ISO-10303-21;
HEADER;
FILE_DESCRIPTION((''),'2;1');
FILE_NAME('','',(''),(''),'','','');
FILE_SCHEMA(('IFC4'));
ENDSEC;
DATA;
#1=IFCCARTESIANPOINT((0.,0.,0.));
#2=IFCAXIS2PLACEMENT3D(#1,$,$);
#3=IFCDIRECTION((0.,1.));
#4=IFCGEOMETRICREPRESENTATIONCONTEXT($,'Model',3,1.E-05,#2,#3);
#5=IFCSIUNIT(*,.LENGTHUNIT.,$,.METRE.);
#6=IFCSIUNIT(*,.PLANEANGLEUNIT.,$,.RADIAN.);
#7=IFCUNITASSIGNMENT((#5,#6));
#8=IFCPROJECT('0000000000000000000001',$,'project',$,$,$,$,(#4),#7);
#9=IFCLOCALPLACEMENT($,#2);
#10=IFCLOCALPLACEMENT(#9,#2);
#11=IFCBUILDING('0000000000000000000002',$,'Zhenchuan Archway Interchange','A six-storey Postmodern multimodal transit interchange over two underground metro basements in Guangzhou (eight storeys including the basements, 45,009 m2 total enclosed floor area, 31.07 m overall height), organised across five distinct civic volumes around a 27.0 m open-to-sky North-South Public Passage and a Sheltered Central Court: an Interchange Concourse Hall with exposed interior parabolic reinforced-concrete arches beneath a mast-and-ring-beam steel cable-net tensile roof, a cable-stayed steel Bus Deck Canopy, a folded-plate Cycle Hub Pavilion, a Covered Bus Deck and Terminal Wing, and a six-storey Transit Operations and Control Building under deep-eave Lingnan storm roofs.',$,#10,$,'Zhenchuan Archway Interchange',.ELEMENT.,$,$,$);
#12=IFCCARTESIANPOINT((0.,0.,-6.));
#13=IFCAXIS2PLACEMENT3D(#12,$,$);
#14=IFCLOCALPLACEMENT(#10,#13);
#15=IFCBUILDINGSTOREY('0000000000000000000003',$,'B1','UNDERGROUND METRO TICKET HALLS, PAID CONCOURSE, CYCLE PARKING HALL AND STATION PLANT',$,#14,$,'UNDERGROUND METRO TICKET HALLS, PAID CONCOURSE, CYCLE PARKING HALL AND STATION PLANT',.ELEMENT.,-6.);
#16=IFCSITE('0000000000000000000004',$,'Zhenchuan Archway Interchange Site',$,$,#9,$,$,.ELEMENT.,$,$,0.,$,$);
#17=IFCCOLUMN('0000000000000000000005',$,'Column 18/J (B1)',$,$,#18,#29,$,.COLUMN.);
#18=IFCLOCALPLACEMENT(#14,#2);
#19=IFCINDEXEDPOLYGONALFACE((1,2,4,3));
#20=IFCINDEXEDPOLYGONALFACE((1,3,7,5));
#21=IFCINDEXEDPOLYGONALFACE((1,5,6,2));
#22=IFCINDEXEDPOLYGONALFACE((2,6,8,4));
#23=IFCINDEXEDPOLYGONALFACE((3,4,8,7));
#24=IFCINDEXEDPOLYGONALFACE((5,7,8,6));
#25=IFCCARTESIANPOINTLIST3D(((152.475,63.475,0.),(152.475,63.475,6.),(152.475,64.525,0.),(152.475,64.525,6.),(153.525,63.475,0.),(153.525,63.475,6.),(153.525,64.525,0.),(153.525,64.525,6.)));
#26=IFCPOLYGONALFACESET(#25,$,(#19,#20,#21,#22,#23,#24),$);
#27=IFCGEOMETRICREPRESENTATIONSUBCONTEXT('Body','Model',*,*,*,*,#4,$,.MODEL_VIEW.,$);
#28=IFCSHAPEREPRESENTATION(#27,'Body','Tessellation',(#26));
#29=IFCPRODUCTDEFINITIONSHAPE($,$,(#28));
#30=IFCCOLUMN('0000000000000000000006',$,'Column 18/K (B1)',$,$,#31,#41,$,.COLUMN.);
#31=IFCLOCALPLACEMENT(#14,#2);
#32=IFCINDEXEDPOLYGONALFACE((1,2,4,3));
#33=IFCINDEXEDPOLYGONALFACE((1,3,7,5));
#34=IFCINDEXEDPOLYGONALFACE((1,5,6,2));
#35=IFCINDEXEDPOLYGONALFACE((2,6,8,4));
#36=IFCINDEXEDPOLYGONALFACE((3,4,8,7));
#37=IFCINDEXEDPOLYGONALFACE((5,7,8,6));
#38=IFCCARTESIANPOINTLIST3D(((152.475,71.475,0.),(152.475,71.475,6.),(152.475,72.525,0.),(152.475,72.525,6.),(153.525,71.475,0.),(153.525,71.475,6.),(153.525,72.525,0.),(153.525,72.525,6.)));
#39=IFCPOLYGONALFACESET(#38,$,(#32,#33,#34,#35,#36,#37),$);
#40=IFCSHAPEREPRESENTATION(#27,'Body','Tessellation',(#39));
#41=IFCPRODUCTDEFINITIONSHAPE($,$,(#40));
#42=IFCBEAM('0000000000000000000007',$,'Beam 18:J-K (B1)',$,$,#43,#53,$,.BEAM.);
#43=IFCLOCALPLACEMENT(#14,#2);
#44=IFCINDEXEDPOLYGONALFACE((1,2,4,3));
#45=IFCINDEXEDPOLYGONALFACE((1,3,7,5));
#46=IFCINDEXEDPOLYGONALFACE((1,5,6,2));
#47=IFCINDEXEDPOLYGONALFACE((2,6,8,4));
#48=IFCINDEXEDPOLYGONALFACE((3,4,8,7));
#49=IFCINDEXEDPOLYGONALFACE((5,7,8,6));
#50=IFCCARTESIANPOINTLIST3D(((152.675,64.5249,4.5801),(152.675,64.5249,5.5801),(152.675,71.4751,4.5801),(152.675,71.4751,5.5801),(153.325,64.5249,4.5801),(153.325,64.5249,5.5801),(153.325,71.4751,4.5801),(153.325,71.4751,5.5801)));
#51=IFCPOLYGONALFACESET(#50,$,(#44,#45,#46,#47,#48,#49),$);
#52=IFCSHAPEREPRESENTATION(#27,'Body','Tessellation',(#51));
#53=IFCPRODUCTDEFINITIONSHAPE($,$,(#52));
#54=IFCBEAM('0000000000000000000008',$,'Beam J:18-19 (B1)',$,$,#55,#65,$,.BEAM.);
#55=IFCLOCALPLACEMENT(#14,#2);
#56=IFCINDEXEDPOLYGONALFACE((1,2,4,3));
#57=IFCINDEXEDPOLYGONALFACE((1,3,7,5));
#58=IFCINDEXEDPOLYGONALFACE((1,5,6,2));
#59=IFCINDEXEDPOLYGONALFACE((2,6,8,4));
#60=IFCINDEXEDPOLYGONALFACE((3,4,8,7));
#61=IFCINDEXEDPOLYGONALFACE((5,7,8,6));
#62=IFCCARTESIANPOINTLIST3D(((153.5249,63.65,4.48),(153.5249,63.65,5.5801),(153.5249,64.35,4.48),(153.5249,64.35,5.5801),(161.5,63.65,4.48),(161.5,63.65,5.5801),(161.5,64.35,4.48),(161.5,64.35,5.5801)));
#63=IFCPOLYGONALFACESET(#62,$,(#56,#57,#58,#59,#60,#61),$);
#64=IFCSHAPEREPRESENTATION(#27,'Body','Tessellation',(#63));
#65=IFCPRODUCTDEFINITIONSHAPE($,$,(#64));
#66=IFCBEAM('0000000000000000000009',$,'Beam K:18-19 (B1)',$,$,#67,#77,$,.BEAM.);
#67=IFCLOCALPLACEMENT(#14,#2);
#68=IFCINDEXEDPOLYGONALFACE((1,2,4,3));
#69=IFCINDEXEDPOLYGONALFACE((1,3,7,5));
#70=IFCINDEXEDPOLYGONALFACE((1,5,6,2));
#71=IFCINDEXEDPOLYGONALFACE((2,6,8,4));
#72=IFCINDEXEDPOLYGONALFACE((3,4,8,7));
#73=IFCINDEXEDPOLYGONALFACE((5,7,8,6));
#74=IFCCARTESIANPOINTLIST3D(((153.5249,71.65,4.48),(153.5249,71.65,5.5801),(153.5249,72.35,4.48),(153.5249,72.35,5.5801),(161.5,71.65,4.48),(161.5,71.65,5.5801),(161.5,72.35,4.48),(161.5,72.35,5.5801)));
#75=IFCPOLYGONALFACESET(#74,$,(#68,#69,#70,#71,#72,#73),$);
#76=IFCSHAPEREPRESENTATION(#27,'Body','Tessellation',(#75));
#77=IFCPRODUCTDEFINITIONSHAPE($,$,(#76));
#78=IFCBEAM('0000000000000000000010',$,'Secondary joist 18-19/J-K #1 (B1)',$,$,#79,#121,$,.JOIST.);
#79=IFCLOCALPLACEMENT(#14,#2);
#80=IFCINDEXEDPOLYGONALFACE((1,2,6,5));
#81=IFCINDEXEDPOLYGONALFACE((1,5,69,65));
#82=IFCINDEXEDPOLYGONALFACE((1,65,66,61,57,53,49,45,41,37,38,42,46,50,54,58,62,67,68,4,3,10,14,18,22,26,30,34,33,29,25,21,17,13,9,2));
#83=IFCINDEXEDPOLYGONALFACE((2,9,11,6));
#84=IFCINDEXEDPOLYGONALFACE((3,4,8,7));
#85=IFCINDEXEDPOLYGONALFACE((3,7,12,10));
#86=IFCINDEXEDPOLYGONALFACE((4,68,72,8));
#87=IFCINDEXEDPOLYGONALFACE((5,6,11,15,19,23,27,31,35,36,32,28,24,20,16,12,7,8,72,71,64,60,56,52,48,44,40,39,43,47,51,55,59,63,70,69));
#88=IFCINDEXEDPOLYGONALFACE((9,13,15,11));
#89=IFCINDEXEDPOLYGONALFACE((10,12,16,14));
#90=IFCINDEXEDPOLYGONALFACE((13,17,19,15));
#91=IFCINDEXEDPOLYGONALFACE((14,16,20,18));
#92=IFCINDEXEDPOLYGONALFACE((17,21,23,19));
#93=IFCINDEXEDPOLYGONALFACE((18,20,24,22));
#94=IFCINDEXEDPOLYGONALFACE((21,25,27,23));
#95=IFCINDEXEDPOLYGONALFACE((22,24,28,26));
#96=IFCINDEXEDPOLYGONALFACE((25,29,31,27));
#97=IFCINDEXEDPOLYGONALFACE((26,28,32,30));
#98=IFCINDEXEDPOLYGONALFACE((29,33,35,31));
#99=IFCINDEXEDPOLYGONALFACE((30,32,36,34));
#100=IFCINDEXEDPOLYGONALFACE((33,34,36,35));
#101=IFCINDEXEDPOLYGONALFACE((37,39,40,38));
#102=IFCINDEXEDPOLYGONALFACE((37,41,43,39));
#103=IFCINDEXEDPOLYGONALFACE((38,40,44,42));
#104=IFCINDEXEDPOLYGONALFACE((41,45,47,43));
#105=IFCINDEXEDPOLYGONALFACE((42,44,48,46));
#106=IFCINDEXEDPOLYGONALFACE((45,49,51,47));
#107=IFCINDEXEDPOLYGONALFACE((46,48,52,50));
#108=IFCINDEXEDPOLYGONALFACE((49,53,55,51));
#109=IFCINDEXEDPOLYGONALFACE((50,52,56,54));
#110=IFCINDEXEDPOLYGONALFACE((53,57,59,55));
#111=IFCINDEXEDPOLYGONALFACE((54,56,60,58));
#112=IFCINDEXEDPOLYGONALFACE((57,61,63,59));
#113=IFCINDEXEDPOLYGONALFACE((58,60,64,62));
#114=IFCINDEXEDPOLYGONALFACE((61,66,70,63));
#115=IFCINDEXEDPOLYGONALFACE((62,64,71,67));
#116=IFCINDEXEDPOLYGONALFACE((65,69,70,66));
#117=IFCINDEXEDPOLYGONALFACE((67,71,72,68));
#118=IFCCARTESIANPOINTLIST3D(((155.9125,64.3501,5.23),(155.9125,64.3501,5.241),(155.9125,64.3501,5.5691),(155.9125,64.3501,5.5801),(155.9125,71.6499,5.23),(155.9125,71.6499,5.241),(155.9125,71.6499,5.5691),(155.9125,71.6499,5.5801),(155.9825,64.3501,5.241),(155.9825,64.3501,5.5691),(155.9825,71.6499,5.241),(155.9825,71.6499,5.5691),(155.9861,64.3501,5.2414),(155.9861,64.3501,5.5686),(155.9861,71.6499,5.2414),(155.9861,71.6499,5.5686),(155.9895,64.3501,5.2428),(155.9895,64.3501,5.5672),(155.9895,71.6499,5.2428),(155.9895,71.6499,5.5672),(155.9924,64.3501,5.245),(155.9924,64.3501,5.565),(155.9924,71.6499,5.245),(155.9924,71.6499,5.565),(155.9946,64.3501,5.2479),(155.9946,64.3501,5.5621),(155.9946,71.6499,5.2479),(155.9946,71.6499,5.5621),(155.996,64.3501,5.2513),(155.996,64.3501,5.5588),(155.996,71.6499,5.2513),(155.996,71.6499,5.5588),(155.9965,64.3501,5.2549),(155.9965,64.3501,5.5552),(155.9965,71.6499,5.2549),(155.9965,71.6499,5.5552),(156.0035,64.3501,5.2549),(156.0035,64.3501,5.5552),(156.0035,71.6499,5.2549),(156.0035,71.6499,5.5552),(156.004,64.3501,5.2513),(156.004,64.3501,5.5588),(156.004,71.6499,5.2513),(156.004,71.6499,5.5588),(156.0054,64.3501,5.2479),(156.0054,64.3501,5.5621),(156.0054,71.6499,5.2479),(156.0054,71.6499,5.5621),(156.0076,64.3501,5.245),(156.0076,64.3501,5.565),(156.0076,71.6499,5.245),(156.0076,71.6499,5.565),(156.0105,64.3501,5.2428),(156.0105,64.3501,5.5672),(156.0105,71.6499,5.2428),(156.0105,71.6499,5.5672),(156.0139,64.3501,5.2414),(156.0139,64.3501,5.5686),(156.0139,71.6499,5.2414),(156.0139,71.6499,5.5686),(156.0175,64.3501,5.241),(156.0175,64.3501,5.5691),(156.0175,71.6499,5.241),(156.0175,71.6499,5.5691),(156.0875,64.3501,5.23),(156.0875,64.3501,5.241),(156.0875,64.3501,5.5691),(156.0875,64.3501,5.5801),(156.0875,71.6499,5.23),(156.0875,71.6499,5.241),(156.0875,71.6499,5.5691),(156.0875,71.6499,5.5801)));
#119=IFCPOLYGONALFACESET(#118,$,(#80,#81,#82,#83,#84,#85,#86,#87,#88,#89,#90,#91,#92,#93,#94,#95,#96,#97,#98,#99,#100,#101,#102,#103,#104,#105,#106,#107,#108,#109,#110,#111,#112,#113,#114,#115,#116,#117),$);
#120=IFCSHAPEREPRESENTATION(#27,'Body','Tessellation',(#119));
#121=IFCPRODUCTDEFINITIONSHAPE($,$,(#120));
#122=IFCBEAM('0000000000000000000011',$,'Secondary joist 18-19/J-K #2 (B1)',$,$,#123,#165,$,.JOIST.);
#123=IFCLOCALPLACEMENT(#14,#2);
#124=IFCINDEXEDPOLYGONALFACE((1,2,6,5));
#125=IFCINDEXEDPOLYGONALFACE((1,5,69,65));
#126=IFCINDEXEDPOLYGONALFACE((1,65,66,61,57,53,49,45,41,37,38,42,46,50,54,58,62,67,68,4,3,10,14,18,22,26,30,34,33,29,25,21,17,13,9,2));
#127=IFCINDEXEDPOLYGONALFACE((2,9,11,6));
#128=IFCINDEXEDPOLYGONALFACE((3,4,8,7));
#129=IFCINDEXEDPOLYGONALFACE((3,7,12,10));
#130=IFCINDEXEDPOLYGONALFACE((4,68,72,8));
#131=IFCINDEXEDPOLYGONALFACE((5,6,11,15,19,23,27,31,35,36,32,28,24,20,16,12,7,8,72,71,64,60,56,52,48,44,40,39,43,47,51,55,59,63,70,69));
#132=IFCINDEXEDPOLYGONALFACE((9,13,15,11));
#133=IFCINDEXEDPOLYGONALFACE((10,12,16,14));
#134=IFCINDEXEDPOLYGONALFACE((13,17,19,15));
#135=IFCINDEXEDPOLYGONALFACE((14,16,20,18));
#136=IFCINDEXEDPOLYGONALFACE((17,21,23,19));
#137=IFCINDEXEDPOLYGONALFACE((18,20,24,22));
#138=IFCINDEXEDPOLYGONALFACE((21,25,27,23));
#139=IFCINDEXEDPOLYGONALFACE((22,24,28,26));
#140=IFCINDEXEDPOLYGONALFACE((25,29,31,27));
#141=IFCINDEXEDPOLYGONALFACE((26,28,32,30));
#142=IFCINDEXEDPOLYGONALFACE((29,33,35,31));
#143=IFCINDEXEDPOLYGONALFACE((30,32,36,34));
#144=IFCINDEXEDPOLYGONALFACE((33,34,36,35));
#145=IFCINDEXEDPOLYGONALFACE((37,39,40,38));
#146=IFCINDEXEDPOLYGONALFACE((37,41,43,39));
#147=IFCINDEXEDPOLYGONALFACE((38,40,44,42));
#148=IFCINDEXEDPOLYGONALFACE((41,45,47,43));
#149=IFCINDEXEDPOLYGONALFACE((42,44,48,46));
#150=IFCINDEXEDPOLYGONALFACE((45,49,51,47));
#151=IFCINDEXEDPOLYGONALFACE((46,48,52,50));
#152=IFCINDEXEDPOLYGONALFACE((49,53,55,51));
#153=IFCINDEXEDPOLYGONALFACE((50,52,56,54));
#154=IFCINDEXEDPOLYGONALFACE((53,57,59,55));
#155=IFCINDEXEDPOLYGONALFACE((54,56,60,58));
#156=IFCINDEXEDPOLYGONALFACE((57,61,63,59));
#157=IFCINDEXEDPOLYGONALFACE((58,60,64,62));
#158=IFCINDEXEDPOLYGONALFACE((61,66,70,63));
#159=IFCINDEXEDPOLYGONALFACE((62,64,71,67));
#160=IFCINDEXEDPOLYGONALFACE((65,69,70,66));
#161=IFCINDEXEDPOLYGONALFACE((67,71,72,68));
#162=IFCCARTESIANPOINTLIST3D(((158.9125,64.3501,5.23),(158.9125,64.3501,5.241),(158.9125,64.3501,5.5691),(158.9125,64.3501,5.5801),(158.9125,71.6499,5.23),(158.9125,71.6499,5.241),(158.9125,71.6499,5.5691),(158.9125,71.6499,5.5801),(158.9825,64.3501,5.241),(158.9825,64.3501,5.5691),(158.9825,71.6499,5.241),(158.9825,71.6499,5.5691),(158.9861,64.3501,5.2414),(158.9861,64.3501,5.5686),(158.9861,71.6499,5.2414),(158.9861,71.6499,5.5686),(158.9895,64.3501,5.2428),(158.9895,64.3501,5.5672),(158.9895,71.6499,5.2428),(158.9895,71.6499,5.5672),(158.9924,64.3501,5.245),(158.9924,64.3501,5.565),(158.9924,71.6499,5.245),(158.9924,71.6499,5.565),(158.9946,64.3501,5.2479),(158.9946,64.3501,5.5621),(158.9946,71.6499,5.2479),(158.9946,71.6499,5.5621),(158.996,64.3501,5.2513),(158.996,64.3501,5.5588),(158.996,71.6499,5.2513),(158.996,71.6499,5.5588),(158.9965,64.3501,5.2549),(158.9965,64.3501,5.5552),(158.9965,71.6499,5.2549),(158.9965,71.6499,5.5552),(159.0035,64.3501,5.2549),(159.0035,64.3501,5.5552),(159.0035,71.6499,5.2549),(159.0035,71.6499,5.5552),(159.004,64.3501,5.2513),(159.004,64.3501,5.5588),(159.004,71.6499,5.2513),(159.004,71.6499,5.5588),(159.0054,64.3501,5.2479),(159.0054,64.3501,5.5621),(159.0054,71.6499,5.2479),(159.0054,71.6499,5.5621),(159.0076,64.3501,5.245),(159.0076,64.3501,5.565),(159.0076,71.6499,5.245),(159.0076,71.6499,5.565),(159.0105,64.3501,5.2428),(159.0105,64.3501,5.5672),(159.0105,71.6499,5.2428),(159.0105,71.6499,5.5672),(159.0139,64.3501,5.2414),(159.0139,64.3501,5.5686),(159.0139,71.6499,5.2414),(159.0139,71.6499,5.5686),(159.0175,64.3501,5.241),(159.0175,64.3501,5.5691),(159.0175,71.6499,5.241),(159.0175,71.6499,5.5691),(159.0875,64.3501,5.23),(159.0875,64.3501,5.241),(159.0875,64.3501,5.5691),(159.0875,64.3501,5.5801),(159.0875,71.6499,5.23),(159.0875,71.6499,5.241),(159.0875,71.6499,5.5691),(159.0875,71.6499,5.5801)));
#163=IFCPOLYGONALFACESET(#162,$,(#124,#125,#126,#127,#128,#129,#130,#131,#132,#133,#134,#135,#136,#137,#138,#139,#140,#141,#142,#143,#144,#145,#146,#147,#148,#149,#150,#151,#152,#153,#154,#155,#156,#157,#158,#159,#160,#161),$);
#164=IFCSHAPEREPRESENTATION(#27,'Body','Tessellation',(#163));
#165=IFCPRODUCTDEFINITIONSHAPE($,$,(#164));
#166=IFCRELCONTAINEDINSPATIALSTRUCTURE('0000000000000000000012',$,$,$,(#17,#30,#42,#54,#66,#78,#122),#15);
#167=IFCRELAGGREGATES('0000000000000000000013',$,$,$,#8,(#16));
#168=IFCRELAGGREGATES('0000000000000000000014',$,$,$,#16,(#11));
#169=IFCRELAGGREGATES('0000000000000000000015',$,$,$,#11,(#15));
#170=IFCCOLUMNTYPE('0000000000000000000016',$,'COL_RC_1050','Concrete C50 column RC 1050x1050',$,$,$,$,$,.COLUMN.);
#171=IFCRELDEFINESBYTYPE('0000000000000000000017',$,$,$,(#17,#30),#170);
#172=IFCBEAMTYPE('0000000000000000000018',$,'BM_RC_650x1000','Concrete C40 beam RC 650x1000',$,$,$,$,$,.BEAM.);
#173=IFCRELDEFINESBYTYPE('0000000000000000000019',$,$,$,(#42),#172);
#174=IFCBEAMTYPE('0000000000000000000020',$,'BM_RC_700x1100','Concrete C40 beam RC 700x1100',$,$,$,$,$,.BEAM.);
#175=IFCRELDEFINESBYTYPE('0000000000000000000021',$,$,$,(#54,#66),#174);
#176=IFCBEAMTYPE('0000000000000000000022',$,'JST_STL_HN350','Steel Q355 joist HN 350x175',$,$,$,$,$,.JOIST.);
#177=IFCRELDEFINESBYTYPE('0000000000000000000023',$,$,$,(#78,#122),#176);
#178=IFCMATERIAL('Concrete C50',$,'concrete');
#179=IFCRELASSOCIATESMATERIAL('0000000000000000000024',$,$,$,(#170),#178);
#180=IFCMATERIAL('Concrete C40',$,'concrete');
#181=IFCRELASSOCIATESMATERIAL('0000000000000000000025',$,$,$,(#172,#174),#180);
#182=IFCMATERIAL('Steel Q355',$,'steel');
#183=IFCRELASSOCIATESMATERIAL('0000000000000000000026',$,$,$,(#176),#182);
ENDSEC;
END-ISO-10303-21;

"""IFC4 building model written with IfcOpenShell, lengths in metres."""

from ifc_helpers import new_model, si_unit, direction, frame, origin, origin_2d, place, context, subcontext, project, spatial, rectangle, i_section, extrude, material, material_profile, profile_set, type_object, element, save


model = new_model("IFC4")

# Units and contexts
model_context = context("Model", 3, precision=1e-05, world=origin(), true_north=direction((0.0, 1.0)))
body_context = subcontext(model_context, "Body", "Model", "MODEL_VIEW")
ifc_project = project(units=[si_unit("LENGTHUNIT", "METRE"), si_unit("PLANEANGLEUNIT", "RADIAN")], contexts=[model_context])

# Site, building, storey
site_placement = place(None, origin())
site = spatial("IfcSite", under=ifc_project, at=site_placement, Name="Zhenchuan Archway Interchange Site", CompositionType="ELEMENT", RefElevation=0.0)
building_placement = place(site_placement, origin())
building = spatial("IfcBuilding", under=site, at=building_placement, Name="Zhenchuan Archway Interchange", Description="A six-storey Postmodern multimodal transit interchange over two underground metro basements in Guangzhou (eight storeys including the basements, 45,009 m2 total enclosed floor area, 31.07 m overall height), organised across five distinct civic volumes around a 27.0 m open-to-sky North-South Public Passage and a Sheltered Central Court: an Interchange Concourse Hall with exposed interior parabolic reinforced-concrete arches beneath a mast-and-ring-beam steel cable-net tensile roof, a cable-stayed steel Bus Deck Canopy, a folded-plate Cycle Hub Pavilion, a Covered Bus Deck and Terminal Wing, and a six-storey Transit Operations and Control Building under deep-eave Lingnan storm roofs.", LongName="Zhenchuan Archway Interchange", CompositionType="ELEMENT")
storey_placement = place(building_placement, frame((0.0, 0.0, -6.0)))
storey = spatial("IfcBuildingStorey", under=building, at=storey_placement, Name="B1", Description="UNDERGROUND METRO TICKET HALLS, PAID CONCOURSE, CYCLE PARKING HALL AND STATION PLANT", LongName="UNDERGROUND METRO TICKET HALLS, PAID CONCOURSE, CYCLE PARKING HALL AND STATION PLANT", CompositionType="ELEMENT", Elevation=-6.0)

# Columns
ifc_material_1 = material(Name="Concrete C50", Category="concrete")
ifc_material_profile_1 = material_profile(ifc_material_1, rectangle(XDim=1.05, YDim=1.05, at=origin_2d()), Name="RC 1050x1050")
ifc_profile_set_1 = profile_set([ifc_material_profile_1], Name="Concrete C50")
column_type = type_object("IfcColumnType", Name="COL_RC_1050", Description="Concrete C50 column RC 1050x1050", PredefinedType="COLUMN", material=ifc_profile_set_1)
for number, where, z_axis, x_axis, name in (
    (1, (153.0, 64.0, 0.0), (0.0, 0.0, 1.0), (1.0, 0.0, 0.0), "Column 18/J (B1)"),
    (2, (153.0, 72.0, 0.0), (0.0, 0.0, 1.0), (1.0, 0.0, 0.0), "Column 18/K (B1)"),
):
    element("IfcColumn", number, at=place(storey_placement, frame(where, z_axis=z_axis, x_axis=x_axis)), inside=storey, type_object=column_type, Name=name, PredefinedType="COLUMN", context=body_context, shape_type="SweptSolid", body=[
        extrude(rectangle(XDim=1.05, YDim=1.05, at=origin_2d()), origin(), (0.0, 0.0, 1.0), 6.0),
    ])

# Beams
ifc_material_2 = material(Name="Concrete C40", Category="concrete")
ifc_material_profile_2 = material_profile(ifc_material_2, rectangle(XDim=0.6499, YDim=1.0, at=origin_2d()), Name="RC 650x1000")
ifc_profile_set_2 = profile_set([ifc_material_profile_2], Name="Concrete C40")
beam_type_1 = type_object("IfcBeamType", Name="BM_RC_650x1000", Description="Concrete C40 beam RC 650x1000", PredefinedType="BEAM", material=ifc_profile_set_2)
beam_1_placement = place(storey_placement, frame((153.0, 64.5249, 5.0801), z_axis=(0.0, 1.0, 0.0), x_axis=(-1.0, 0.0, 0.0)))
element("IfcBeam", 3, at=beam_1_placement, inside=storey, type_object=beam_type_1, Name="Beam 18:J-K (B1)", PredefinedType="BEAM", context=body_context, shape_type="SweptSolid", body=[
    extrude(rectangle(XDim=0.6499, YDim=1.0, at=origin_2d()), origin(), (0.0, 0.0, 1.0), 6.9502),
])
ifc_material_profile_3 = material_profile(ifc_material_2, rectangle(XDim=0.7, YDim=1.1001, at=origin_2d()), Name="RC 700x1100")
ifc_profile_set_3 = profile_set([ifc_material_profile_3], Name="Concrete C40")
beam_type_2 = type_object("IfcBeamType", Name="BM_RC_700x1100", Description="Concrete C40 beam RC 700x1100", PredefinedType="BEAM", material=ifc_profile_set_3)
for number, where, z_axis, x_axis, name in (
    (4, (153.5249, 64.0, 5.03), (1.0, 0.0, 0.0), (0.0, 1.0, 0.0), "Beam J:18-19 (B1)"),
    (5, (153.5249, 72.0, 5.03), (1.0, 0.0, 0.0), (0.0, 1.0, 0.0), "Beam K:18-19 (B1)"),
):
    element("IfcBeam", number, at=place(storey_placement, frame(where, z_axis=z_axis, x_axis=x_axis)), inside=storey, type_object=beam_type_2, Name=name, PredefinedType="BEAM", context=body_context, shape_type="SweptSolid", body=[
        extrude(rectangle(XDim=0.7, YDim=1.1001, at=origin_2d()), origin(), (0.0, 0.0, 1.0), 7.9751),
    ])
ifc_material_3 = material(Name="Steel Q355", Category="steel")
ifc_material_profile_4 = material_profile(ifc_material_3, i_section(OverallWidth=0.175, OverallDepth=0.3501, WebThickness=0.0071, FlangeThickness=0.011, FilletRadius=0.0139, at=origin_2d()), Name="HN 350x175")
ifc_profile_set_4 = profile_set([ifc_material_profile_4], Name="Steel Q355")
beam_type_3 = type_object("IfcBeamType", Name="JST_STL_HN350", Description="Steel Q355 joist HN 350x175", PredefinedType="JOIST", material=ifc_profile_set_4)
for number, where, z_axis, x_axis, name in (
    (6, (156.0, 64.3501, 5.405), (0.0, 1.0, 0.0), (-1.0, 0.0, 0.0), "Secondary joist 18-19/J-K #1 (B1)"),
    (7, (159.0, 64.3501, 5.405), (0.0, 1.0, 0.0), (-1.0, 0.0, 0.0), "Secondary joist 18-19/J-K #2 (B1)"),
):
    element("IfcBeam", number, at=place(storey_placement, frame(where, z_axis=z_axis, x_axis=x_axis)), inside=storey, type_object=beam_type_3, Name=name, PredefinedType="JOIST", context=body_context, shape_type="SweptSolid", body=[
        extrude(i_section(OverallWidth=0.175, OverallDepth=0.3501, WebThickness=0.0071, FlangeThickness=0.011, FilletRadius=0.0139, at=origin_2d()), origin(), (0.0, 0.0, 1.0), 7.2998),
    ])

save(model, "model.ifc")
